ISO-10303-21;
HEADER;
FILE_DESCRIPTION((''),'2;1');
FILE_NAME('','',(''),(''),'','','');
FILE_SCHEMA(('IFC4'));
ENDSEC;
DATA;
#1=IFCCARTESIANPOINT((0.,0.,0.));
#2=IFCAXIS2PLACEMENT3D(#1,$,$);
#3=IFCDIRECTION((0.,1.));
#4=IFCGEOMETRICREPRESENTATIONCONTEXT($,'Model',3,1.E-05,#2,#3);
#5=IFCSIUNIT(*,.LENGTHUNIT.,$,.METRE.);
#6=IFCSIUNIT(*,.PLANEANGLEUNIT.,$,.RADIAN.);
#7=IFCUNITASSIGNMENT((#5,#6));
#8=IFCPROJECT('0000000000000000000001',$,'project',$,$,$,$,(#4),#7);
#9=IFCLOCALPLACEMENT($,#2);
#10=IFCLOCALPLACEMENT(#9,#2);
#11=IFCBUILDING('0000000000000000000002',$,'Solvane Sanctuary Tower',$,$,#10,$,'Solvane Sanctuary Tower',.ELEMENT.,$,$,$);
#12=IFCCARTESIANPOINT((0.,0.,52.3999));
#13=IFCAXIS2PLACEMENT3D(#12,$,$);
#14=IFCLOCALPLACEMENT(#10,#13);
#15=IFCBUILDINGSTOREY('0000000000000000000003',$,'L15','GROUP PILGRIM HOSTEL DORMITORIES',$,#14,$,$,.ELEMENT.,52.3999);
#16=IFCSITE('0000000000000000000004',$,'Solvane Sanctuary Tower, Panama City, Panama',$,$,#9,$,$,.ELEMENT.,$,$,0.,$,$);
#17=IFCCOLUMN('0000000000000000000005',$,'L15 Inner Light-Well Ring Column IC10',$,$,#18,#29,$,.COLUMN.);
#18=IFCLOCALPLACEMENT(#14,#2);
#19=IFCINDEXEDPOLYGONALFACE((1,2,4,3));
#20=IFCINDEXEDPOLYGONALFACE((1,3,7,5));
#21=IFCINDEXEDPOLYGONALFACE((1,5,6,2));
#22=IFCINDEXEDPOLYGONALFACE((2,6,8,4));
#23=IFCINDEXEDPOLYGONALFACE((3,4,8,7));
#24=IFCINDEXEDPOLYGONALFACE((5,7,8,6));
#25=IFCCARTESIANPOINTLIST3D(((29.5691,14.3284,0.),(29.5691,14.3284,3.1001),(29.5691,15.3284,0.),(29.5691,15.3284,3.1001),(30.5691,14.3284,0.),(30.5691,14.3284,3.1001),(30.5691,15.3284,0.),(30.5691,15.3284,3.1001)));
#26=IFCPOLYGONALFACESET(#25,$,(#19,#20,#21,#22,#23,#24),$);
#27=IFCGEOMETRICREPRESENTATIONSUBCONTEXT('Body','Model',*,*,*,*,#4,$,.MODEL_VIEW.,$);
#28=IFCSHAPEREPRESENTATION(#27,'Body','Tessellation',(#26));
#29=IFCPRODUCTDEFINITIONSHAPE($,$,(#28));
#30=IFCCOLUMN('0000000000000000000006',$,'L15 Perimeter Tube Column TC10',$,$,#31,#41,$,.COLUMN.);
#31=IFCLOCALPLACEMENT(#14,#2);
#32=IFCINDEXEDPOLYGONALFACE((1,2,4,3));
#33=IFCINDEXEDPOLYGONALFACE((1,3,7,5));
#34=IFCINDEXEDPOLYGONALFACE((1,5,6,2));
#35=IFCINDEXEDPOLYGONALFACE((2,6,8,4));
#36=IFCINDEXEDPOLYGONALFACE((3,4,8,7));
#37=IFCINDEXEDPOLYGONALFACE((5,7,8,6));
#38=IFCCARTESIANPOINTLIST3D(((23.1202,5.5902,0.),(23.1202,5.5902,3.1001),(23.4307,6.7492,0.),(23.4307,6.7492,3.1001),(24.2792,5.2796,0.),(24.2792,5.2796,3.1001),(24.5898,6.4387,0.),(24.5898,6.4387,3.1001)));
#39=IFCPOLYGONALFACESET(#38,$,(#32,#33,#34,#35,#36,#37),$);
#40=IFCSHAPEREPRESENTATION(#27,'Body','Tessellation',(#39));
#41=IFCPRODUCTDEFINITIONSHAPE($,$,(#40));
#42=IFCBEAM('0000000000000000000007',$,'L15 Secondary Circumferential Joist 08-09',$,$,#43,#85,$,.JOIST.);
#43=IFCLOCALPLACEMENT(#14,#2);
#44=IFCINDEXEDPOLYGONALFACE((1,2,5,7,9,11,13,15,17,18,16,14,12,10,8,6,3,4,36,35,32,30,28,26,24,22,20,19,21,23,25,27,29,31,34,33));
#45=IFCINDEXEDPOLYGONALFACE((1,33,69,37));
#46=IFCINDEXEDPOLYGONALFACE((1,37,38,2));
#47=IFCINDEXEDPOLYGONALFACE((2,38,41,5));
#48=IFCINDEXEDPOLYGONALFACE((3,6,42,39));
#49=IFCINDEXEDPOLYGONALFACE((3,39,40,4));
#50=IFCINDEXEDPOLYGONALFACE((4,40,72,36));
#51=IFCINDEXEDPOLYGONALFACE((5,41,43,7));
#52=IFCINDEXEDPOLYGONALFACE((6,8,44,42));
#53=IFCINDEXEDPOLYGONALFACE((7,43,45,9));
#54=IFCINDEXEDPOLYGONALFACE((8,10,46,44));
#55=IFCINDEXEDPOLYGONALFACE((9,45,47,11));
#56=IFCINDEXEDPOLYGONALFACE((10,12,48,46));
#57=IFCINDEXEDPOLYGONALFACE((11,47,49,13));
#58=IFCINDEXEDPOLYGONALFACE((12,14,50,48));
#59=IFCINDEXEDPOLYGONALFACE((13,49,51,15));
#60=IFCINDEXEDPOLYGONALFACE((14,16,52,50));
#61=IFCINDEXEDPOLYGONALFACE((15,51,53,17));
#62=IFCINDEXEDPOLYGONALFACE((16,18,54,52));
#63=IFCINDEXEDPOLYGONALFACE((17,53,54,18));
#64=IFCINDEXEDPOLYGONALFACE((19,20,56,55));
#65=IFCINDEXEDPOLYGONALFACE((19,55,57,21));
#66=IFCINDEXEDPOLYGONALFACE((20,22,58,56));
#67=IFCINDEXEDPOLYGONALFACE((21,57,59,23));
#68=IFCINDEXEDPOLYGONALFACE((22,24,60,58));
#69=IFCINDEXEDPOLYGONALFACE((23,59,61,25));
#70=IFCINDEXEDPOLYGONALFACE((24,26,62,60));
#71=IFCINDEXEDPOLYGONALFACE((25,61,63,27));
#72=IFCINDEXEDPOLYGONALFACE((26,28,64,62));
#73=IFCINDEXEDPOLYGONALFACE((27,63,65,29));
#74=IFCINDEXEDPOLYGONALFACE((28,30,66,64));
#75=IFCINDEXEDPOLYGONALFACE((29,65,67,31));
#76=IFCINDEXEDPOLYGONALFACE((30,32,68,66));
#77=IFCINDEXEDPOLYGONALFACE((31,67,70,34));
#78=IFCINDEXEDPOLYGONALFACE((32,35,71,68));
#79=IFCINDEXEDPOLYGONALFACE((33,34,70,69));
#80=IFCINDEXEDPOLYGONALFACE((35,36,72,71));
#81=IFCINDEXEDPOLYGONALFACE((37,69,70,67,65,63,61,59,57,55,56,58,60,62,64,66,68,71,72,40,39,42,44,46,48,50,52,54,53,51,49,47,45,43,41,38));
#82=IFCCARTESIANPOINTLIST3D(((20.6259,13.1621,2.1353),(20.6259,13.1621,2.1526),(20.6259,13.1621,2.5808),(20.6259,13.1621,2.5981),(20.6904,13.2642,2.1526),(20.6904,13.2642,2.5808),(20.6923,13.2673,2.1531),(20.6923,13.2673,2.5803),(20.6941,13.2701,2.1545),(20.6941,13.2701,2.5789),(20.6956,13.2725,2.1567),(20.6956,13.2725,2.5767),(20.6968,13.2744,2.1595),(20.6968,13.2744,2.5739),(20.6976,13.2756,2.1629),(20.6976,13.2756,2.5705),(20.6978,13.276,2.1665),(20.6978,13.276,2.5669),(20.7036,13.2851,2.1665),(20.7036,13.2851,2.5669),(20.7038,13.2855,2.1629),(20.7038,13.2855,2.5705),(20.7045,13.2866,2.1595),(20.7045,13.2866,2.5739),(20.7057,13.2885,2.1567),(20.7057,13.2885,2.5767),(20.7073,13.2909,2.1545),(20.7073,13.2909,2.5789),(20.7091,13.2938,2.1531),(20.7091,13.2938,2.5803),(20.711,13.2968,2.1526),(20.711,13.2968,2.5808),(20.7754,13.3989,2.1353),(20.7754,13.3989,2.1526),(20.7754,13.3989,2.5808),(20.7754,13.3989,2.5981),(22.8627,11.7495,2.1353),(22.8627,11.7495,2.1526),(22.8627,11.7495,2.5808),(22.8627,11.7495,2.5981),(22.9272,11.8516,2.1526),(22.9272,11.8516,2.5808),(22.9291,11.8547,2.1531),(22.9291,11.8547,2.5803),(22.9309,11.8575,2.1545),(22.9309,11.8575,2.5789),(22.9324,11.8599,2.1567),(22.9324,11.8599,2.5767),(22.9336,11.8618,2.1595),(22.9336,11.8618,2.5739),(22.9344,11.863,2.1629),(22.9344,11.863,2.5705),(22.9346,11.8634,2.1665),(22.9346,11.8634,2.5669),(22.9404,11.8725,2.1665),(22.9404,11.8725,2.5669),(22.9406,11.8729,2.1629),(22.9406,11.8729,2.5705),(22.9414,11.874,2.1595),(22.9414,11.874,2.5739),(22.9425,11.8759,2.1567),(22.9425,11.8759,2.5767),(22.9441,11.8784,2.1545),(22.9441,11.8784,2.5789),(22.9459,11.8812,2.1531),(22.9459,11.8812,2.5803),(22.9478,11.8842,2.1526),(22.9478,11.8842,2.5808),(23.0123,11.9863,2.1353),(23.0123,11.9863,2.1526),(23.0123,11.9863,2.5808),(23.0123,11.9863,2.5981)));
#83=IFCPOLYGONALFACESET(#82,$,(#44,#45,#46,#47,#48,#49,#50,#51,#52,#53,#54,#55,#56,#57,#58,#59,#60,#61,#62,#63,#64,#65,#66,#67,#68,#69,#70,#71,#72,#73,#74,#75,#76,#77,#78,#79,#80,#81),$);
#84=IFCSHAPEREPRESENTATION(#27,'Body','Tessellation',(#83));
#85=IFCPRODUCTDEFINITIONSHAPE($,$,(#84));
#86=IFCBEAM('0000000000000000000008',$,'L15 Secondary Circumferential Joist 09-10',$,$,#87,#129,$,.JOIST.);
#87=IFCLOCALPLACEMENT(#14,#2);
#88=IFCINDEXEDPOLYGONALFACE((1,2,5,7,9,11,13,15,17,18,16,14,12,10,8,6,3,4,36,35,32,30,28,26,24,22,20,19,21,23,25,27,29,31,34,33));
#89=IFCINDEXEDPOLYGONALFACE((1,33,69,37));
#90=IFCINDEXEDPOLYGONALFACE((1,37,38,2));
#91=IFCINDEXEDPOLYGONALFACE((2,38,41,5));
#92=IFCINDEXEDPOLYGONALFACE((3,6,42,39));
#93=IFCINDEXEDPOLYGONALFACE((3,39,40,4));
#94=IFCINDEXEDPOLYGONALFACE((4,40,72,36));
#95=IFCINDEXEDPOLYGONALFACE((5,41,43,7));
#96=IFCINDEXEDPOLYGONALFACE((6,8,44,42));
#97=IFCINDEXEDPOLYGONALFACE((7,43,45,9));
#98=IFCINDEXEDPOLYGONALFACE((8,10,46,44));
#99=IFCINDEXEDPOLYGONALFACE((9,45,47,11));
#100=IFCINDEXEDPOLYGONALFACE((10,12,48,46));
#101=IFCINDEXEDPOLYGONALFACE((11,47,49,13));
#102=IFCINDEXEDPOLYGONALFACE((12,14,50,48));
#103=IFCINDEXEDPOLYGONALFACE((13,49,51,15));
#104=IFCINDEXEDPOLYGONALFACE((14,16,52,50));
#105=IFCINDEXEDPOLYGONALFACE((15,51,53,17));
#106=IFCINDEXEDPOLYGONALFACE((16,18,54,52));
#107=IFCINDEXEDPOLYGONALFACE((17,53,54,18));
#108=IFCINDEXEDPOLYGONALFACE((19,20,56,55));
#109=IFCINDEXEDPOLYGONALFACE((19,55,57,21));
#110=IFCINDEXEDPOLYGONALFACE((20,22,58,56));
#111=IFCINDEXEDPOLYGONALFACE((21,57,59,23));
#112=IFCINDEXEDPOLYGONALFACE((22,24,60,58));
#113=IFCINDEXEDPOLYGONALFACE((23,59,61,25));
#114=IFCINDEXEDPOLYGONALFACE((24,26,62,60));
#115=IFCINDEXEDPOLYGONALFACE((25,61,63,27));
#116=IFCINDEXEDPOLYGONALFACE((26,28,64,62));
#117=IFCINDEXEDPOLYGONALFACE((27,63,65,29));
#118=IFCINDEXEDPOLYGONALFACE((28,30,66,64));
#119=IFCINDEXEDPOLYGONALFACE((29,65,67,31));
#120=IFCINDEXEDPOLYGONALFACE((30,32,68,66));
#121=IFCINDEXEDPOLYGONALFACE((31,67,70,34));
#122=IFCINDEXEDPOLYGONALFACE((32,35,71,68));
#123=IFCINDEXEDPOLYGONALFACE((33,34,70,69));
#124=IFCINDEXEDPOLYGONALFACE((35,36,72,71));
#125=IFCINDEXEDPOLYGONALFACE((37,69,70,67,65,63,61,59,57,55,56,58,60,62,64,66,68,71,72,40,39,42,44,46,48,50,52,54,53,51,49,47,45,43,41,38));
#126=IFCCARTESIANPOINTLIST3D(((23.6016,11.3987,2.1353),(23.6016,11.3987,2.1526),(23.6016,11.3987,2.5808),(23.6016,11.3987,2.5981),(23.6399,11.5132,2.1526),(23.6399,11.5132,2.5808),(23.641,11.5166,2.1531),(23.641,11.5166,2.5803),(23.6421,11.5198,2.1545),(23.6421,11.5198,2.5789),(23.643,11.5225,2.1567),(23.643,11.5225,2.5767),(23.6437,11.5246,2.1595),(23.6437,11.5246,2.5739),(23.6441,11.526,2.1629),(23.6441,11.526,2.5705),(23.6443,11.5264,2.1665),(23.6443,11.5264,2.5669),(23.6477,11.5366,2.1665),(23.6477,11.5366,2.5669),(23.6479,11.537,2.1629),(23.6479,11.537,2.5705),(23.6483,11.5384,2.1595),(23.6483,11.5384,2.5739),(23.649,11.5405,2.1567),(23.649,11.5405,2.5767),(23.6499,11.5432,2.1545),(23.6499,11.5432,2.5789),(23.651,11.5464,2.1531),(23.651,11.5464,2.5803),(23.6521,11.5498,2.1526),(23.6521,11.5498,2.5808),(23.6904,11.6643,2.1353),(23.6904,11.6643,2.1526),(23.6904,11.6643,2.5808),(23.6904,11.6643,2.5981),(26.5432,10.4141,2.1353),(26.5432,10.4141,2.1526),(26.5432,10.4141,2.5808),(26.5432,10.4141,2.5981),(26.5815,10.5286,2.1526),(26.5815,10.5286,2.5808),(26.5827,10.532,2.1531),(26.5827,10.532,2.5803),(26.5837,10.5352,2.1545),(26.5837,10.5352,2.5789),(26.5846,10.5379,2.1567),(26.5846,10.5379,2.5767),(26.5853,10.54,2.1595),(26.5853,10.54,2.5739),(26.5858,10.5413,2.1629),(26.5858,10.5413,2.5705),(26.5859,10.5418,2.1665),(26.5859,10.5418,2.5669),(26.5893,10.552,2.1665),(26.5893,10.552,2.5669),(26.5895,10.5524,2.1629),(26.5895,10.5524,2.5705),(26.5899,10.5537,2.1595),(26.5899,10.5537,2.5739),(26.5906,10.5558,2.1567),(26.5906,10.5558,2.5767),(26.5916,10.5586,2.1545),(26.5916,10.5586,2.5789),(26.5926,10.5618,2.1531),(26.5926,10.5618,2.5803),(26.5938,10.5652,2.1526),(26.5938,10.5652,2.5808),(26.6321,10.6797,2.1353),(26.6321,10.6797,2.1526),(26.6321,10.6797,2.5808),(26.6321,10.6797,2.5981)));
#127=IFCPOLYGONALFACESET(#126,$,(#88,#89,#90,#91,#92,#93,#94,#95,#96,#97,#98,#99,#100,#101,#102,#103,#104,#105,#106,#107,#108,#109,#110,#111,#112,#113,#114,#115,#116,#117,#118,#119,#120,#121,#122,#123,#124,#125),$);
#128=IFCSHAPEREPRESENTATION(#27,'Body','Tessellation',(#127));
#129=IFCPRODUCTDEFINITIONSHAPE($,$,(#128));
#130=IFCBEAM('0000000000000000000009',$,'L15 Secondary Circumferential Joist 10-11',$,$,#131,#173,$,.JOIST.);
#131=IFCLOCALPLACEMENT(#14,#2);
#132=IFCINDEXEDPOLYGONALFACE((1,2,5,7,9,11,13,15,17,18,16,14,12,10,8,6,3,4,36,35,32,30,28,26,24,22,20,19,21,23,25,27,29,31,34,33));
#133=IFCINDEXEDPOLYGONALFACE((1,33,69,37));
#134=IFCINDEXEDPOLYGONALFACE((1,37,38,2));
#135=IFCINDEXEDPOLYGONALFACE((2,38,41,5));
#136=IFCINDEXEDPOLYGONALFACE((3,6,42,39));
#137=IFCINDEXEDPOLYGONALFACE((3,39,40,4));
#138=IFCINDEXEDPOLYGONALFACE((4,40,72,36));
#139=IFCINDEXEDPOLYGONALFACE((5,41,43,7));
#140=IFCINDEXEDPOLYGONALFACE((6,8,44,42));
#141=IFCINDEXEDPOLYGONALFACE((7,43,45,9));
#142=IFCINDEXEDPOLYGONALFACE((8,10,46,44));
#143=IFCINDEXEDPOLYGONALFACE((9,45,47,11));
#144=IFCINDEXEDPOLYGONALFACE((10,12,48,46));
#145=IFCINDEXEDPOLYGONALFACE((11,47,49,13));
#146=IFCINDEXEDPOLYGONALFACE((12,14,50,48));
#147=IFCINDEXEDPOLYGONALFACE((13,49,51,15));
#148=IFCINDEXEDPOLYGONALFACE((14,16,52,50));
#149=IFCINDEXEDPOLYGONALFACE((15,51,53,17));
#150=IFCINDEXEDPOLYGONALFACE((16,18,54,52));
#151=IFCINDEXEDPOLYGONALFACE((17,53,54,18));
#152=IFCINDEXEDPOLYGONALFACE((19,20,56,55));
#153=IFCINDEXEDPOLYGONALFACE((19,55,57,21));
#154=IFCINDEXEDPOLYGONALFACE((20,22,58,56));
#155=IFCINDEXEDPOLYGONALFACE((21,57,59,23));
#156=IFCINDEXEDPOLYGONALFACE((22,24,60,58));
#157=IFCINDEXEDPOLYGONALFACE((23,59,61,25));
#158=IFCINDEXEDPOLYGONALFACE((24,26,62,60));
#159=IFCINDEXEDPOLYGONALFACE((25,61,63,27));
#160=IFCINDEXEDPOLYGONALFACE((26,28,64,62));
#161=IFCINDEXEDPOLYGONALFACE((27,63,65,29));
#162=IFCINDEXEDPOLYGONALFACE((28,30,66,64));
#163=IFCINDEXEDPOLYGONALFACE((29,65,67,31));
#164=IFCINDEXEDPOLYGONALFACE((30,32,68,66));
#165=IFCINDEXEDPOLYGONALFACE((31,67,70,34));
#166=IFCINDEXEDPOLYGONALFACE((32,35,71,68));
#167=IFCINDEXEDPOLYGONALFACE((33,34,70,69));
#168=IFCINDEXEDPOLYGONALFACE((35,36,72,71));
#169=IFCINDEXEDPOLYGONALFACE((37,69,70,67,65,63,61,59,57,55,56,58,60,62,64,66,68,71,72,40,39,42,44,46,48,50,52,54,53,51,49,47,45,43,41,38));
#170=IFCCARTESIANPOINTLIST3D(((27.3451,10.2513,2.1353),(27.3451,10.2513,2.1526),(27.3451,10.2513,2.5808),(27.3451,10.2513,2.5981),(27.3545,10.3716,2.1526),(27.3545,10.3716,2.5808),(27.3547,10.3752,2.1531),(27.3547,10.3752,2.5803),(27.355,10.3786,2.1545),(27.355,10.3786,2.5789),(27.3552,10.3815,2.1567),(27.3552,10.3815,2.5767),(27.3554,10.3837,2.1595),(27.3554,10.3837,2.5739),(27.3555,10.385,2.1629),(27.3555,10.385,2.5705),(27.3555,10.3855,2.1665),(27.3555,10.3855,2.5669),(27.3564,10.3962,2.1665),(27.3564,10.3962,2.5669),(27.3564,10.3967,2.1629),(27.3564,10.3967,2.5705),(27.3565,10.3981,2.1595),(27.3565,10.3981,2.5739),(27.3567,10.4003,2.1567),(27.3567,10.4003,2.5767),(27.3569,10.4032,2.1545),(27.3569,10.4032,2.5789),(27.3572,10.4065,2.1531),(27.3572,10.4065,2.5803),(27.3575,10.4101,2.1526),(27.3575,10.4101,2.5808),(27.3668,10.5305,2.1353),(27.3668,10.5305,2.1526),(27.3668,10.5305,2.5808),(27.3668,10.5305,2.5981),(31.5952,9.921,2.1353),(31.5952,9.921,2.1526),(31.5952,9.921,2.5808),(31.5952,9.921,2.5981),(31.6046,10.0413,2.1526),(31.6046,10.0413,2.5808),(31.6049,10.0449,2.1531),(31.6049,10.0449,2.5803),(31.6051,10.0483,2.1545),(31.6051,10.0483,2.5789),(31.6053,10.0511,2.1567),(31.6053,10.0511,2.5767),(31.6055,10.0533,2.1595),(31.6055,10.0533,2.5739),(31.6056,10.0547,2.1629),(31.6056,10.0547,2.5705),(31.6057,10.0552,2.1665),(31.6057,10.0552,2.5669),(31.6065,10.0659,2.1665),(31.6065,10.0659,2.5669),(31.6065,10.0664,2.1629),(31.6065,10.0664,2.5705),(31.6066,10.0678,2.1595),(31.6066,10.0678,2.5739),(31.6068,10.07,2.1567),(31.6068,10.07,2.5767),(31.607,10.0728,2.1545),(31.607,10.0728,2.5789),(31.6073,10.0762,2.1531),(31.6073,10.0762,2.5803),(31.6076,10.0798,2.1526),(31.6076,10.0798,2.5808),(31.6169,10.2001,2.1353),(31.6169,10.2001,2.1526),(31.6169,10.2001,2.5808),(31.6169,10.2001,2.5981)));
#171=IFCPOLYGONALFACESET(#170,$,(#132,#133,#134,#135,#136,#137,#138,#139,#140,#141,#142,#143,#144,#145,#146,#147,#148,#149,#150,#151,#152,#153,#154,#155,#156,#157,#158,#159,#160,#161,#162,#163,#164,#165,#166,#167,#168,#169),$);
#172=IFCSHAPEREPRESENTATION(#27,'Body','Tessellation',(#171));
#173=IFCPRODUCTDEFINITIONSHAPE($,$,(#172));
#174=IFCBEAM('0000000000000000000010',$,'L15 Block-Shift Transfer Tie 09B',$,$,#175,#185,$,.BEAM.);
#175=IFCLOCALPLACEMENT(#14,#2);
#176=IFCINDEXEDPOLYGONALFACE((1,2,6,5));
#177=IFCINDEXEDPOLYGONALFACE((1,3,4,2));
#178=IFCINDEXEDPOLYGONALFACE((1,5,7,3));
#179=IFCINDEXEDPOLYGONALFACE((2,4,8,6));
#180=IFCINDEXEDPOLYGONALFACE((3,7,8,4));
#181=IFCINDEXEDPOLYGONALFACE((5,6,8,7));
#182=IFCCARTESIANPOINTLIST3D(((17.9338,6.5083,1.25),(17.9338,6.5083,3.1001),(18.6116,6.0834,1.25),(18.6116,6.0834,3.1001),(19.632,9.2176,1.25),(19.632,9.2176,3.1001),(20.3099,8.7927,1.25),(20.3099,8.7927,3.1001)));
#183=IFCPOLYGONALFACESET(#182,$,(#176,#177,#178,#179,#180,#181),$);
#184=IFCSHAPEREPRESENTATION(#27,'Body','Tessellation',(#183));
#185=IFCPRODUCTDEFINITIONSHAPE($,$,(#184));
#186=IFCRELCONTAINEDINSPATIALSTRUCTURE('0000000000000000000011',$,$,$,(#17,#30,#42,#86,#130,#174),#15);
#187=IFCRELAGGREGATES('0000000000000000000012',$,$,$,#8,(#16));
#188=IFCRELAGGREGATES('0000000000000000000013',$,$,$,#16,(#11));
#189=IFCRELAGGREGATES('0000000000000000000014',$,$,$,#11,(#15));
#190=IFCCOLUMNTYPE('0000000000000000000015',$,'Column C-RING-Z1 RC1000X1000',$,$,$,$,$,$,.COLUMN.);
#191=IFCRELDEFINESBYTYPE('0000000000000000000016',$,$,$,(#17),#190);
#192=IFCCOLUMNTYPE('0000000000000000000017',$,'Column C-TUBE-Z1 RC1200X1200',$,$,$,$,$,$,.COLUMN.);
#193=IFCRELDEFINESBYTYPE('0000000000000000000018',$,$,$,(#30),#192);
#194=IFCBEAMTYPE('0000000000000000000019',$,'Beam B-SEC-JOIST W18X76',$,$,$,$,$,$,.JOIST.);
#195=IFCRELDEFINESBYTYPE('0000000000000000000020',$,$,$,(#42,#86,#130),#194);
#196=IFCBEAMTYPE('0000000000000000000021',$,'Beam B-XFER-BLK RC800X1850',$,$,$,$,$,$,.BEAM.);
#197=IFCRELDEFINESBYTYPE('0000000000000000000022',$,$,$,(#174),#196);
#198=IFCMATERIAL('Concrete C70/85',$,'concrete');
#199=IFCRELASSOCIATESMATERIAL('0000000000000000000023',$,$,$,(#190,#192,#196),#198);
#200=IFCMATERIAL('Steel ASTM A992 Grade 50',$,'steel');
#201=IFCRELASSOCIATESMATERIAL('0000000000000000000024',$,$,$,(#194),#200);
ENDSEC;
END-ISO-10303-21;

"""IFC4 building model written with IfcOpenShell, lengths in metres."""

from ifc_helpers import new_model, si_unit, direction, frame, origin, origin_2d, place, context, subcontext, project, spatial, rectangle, i_section, extrude, material, material_profile, profile_set, type_object, element, save


model = new_model("IFC4")

# Units and contexts
model_context = context("Model", 3, precision=1e-05, world=origin(), true_north=direction((0.0, 1.0)))
body_context = subcontext(model_context, "Body", "Model", "MODEL_VIEW")
ifc_project = project(units=[si_unit("LENGTHUNIT", "METRE"), si_unit("PLANEANGLEUNIT", "RADIAN")], contexts=[model_context])

# Site, building, storey
site_placement = place(None, origin())
site = spatial("IfcSite", under=ifc_project, at=site_placement, Name="Solvane Sanctuary Tower, Panama City, Panama", CompositionType="ELEMENT", RefElevation=0.0)
building_placement = place(site_placement, origin())
building = spatial("IfcBuilding", under=site, at=building_placement, Name="Solvane Sanctuary Tower", LongName="Solvane Sanctuary Tower", CompositionType="ELEMENT")
storey_placement = place(building_placement, frame((0.0, 0.0, 52.3999)))
storey = spatial("IfcBuildingStorey", under=building, at=storey_placement, Name="L15", Description="GROUP PILGRIM HOSTEL DORMITORIES", CompositionType="ELEMENT", Elevation=52.3999)

# Columns
ifc_material_1 = material(Name="Concrete C70/85", Category="concrete")
ifc_material_profile_1 = material_profile(ifc_material_1, rectangle(XDim=1.0, YDim=1.0, at=origin_2d()), Name="RC1000X1000")
ifc_profile_set_1 = profile_set([ifc_material_profile_1], Name="Concrete C70/85")
column_type_1 = type_object("IfcColumnType", Name="Column C-RING-Z1 RC1000X1000", PredefinedType="COLUMN", material=ifc_profile_set_1)
column_1_placement = place(storey_placement, frame((30.0691, 14.8284, 0.0), z_axis=(0.0, 0.0, 1.0), x_axis=(1.0, 0.0, 0.0)))
element("IfcColumn", 1, at=column_1_placement, inside=storey, type_object=column_type_1, Name="L15 Inner Light-Well Ring Column IC10", PredefinedType="COLUMN", context=body_context, shape_type="SweptSolid", body=[
    extrude(rectangle(XDim=1.0, YDim=1.0, at=origin_2d()), origin(), (0.0, 0.0, 1.0), 3.1001),
])
ifc_material_profile_2 = material_profile(ifc_material_1, rectangle(XDim=1.2, YDim=1.2, at=origin_2d()), Name="RC1200X1200")
ifc_profile_set_2 = profile_set([ifc_material_profile_2], Name="Concrete C70/85")
column_type_2 = type_object("IfcColumnType", Name="Column C-TUBE-Z1 RC1200X1200", PredefinedType="COLUMN", material=ifc_profile_set_2)
column_2_placement = place(storey_placement, frame((23.855, 6.0144, 0.0), z_axis=(0.0, 0.0, 1.0), x_axis=(-0.258819, -0.965926, 0.0)))
element("IfcColumn", 2, at=column_2_placement, inside=storey, type_object=column_type_2, Name="L15 Perimeter Tube Column TC10", PredefinedType="COLUMN", context=body_context, shape_type="SweptSolid", body=[
    extrude(rectangle(XDim=1.2, YDim=1.2, at=origin_2d()), origin(), (0.0, 0.0, 1.0), 3.1001),
])

# Beams
ifc_material_2 = material(Name="Steel ASTM A992 Grade 50", Category="steel")
ifc_material_profile_3 = material_profile(ifc_material_2, i_section(OverallWidth=0.28, OverallDepth=0.4629, WebThickness=0.0107, FlangeThickness=0.0173, FilletRadius=0.0139, at=origin_2d()), Name="W18X76")
ifc_profile_set_3 = profile_set([ifc_material_profile_3], Name="Steel ASTM A992 Grade 50")
beam_type_1 = type_object("IfcBeamType", Name="Beam B-SEC-JOIST W18X76", PredefinedType="JOIST", material=ifc_profile_set_3)
beam_1_placement = place(storey_placement, frame((20.7007, 13.2805, 2.3667), z_axis=(0.845511, -0.533958, 0.0), x_axis=(0.533958, 0.845511, 0.0)))
element("IfcBeam", 3, at=beam_1_placement, inside=storey, type_object=beam_type_1, Name="L15 Secondary Circumferential Joist 08-09", PredefinedType="JOIST", context=body_context, shape_type="SweptSolid", body=[
    extrude(i_section(OverallWidth=0.28, OverallDepth=0.4629, WebThickness=0.0107, FlangeThickness=0.0173, FilletRadius=0.0139, at=origin_2d()), origin(), (0.0, 0.0, 1.0), 2.6455),
])
beam_2_placement = place(storey_placement, frame((23.646, 11.5315, 2.3667), z_axis=(0.948289, -0.317408, 0.0), x_axis=(0.317408, 0.948289, 0.0)))
element("IfcBeam", 4, at=beam_2_placement, inside=storey, type_object=beam_type_1, Name="L15 Secondary Circumferential Joist 09-10", PredefinedType="JOIST", context=body_context, shape_type="SweptSolid", body=[
    extrude(i_section(OverallWidth=0.28, OverallDepth=0.4629, WebThickness=0.0107, FlangeThickness=0.0173, FilletRadius=0.0139, at=origin_2d()), origin(), (0.0, 0.0, 1.0), 3.1021),
])
beam_3_placement = place(storey_placement, frame((27.356, 10.3909, 2.3667), z_axis=(0.996994, -0.077485, 0.0), x_axis=(0.077485, 0.996994, 0.0)))
element("IfcBeam", 5, at=beam_3_placement, inside=storey, type_object=beam_type_1, Name="L15 Secondary Circumferential Joist 10-11", PredefinedType="JOIST", context=body_context, shape_type="SweptSolid", body=[
    extrude(i_section(OverallWidth=0.28, OverallDepth=0.4629, WebThickness=0.0107, FlangeThickness=0.0173, FilletRadius=0.0139, at=origin_2d()), origin(), (0.0, 0.0, 1.0), 4.2629),
])
ifc_material_profile_4 = material_profile(ifc_material_1, rectangle(XDim=0.8, YDim=1.8501, at=origin_2d()), Name="RC800X1850")
ifc_profile_set_4 = profile_set([ifc_material_profile_4], Name="Concrete C70/85")
beam_type_2 = type_object("IfcBeamType", Name="Beam B-XFER-BLK RC800X1850", PredefinedType="BEAM", material=ifc_profile_set_4)
beam_4_placement = place(storey_placement, frame((19.9709, 9.0051, 2.175), z_axis=(-0.531117, -0.847298, 0.0), x_axis=(0.847298, -0.531117, 0.0)))
element("IfcBeam", 6, at=beam_4_placement, inside=storey, type_object=beam_type_2, Name="L15 Block-Shift Transfer Tie 09B", PredefinedType="BEAM", context=body_context, shape_type="SweptSolid", body=[
    extrude(rectangle(XDim=0.8, YDim=1.8501, at=origin_2d()), origin(), (0.0, 0.0, 1.0), 3.1975),
])

save(model, "model.ifc")
